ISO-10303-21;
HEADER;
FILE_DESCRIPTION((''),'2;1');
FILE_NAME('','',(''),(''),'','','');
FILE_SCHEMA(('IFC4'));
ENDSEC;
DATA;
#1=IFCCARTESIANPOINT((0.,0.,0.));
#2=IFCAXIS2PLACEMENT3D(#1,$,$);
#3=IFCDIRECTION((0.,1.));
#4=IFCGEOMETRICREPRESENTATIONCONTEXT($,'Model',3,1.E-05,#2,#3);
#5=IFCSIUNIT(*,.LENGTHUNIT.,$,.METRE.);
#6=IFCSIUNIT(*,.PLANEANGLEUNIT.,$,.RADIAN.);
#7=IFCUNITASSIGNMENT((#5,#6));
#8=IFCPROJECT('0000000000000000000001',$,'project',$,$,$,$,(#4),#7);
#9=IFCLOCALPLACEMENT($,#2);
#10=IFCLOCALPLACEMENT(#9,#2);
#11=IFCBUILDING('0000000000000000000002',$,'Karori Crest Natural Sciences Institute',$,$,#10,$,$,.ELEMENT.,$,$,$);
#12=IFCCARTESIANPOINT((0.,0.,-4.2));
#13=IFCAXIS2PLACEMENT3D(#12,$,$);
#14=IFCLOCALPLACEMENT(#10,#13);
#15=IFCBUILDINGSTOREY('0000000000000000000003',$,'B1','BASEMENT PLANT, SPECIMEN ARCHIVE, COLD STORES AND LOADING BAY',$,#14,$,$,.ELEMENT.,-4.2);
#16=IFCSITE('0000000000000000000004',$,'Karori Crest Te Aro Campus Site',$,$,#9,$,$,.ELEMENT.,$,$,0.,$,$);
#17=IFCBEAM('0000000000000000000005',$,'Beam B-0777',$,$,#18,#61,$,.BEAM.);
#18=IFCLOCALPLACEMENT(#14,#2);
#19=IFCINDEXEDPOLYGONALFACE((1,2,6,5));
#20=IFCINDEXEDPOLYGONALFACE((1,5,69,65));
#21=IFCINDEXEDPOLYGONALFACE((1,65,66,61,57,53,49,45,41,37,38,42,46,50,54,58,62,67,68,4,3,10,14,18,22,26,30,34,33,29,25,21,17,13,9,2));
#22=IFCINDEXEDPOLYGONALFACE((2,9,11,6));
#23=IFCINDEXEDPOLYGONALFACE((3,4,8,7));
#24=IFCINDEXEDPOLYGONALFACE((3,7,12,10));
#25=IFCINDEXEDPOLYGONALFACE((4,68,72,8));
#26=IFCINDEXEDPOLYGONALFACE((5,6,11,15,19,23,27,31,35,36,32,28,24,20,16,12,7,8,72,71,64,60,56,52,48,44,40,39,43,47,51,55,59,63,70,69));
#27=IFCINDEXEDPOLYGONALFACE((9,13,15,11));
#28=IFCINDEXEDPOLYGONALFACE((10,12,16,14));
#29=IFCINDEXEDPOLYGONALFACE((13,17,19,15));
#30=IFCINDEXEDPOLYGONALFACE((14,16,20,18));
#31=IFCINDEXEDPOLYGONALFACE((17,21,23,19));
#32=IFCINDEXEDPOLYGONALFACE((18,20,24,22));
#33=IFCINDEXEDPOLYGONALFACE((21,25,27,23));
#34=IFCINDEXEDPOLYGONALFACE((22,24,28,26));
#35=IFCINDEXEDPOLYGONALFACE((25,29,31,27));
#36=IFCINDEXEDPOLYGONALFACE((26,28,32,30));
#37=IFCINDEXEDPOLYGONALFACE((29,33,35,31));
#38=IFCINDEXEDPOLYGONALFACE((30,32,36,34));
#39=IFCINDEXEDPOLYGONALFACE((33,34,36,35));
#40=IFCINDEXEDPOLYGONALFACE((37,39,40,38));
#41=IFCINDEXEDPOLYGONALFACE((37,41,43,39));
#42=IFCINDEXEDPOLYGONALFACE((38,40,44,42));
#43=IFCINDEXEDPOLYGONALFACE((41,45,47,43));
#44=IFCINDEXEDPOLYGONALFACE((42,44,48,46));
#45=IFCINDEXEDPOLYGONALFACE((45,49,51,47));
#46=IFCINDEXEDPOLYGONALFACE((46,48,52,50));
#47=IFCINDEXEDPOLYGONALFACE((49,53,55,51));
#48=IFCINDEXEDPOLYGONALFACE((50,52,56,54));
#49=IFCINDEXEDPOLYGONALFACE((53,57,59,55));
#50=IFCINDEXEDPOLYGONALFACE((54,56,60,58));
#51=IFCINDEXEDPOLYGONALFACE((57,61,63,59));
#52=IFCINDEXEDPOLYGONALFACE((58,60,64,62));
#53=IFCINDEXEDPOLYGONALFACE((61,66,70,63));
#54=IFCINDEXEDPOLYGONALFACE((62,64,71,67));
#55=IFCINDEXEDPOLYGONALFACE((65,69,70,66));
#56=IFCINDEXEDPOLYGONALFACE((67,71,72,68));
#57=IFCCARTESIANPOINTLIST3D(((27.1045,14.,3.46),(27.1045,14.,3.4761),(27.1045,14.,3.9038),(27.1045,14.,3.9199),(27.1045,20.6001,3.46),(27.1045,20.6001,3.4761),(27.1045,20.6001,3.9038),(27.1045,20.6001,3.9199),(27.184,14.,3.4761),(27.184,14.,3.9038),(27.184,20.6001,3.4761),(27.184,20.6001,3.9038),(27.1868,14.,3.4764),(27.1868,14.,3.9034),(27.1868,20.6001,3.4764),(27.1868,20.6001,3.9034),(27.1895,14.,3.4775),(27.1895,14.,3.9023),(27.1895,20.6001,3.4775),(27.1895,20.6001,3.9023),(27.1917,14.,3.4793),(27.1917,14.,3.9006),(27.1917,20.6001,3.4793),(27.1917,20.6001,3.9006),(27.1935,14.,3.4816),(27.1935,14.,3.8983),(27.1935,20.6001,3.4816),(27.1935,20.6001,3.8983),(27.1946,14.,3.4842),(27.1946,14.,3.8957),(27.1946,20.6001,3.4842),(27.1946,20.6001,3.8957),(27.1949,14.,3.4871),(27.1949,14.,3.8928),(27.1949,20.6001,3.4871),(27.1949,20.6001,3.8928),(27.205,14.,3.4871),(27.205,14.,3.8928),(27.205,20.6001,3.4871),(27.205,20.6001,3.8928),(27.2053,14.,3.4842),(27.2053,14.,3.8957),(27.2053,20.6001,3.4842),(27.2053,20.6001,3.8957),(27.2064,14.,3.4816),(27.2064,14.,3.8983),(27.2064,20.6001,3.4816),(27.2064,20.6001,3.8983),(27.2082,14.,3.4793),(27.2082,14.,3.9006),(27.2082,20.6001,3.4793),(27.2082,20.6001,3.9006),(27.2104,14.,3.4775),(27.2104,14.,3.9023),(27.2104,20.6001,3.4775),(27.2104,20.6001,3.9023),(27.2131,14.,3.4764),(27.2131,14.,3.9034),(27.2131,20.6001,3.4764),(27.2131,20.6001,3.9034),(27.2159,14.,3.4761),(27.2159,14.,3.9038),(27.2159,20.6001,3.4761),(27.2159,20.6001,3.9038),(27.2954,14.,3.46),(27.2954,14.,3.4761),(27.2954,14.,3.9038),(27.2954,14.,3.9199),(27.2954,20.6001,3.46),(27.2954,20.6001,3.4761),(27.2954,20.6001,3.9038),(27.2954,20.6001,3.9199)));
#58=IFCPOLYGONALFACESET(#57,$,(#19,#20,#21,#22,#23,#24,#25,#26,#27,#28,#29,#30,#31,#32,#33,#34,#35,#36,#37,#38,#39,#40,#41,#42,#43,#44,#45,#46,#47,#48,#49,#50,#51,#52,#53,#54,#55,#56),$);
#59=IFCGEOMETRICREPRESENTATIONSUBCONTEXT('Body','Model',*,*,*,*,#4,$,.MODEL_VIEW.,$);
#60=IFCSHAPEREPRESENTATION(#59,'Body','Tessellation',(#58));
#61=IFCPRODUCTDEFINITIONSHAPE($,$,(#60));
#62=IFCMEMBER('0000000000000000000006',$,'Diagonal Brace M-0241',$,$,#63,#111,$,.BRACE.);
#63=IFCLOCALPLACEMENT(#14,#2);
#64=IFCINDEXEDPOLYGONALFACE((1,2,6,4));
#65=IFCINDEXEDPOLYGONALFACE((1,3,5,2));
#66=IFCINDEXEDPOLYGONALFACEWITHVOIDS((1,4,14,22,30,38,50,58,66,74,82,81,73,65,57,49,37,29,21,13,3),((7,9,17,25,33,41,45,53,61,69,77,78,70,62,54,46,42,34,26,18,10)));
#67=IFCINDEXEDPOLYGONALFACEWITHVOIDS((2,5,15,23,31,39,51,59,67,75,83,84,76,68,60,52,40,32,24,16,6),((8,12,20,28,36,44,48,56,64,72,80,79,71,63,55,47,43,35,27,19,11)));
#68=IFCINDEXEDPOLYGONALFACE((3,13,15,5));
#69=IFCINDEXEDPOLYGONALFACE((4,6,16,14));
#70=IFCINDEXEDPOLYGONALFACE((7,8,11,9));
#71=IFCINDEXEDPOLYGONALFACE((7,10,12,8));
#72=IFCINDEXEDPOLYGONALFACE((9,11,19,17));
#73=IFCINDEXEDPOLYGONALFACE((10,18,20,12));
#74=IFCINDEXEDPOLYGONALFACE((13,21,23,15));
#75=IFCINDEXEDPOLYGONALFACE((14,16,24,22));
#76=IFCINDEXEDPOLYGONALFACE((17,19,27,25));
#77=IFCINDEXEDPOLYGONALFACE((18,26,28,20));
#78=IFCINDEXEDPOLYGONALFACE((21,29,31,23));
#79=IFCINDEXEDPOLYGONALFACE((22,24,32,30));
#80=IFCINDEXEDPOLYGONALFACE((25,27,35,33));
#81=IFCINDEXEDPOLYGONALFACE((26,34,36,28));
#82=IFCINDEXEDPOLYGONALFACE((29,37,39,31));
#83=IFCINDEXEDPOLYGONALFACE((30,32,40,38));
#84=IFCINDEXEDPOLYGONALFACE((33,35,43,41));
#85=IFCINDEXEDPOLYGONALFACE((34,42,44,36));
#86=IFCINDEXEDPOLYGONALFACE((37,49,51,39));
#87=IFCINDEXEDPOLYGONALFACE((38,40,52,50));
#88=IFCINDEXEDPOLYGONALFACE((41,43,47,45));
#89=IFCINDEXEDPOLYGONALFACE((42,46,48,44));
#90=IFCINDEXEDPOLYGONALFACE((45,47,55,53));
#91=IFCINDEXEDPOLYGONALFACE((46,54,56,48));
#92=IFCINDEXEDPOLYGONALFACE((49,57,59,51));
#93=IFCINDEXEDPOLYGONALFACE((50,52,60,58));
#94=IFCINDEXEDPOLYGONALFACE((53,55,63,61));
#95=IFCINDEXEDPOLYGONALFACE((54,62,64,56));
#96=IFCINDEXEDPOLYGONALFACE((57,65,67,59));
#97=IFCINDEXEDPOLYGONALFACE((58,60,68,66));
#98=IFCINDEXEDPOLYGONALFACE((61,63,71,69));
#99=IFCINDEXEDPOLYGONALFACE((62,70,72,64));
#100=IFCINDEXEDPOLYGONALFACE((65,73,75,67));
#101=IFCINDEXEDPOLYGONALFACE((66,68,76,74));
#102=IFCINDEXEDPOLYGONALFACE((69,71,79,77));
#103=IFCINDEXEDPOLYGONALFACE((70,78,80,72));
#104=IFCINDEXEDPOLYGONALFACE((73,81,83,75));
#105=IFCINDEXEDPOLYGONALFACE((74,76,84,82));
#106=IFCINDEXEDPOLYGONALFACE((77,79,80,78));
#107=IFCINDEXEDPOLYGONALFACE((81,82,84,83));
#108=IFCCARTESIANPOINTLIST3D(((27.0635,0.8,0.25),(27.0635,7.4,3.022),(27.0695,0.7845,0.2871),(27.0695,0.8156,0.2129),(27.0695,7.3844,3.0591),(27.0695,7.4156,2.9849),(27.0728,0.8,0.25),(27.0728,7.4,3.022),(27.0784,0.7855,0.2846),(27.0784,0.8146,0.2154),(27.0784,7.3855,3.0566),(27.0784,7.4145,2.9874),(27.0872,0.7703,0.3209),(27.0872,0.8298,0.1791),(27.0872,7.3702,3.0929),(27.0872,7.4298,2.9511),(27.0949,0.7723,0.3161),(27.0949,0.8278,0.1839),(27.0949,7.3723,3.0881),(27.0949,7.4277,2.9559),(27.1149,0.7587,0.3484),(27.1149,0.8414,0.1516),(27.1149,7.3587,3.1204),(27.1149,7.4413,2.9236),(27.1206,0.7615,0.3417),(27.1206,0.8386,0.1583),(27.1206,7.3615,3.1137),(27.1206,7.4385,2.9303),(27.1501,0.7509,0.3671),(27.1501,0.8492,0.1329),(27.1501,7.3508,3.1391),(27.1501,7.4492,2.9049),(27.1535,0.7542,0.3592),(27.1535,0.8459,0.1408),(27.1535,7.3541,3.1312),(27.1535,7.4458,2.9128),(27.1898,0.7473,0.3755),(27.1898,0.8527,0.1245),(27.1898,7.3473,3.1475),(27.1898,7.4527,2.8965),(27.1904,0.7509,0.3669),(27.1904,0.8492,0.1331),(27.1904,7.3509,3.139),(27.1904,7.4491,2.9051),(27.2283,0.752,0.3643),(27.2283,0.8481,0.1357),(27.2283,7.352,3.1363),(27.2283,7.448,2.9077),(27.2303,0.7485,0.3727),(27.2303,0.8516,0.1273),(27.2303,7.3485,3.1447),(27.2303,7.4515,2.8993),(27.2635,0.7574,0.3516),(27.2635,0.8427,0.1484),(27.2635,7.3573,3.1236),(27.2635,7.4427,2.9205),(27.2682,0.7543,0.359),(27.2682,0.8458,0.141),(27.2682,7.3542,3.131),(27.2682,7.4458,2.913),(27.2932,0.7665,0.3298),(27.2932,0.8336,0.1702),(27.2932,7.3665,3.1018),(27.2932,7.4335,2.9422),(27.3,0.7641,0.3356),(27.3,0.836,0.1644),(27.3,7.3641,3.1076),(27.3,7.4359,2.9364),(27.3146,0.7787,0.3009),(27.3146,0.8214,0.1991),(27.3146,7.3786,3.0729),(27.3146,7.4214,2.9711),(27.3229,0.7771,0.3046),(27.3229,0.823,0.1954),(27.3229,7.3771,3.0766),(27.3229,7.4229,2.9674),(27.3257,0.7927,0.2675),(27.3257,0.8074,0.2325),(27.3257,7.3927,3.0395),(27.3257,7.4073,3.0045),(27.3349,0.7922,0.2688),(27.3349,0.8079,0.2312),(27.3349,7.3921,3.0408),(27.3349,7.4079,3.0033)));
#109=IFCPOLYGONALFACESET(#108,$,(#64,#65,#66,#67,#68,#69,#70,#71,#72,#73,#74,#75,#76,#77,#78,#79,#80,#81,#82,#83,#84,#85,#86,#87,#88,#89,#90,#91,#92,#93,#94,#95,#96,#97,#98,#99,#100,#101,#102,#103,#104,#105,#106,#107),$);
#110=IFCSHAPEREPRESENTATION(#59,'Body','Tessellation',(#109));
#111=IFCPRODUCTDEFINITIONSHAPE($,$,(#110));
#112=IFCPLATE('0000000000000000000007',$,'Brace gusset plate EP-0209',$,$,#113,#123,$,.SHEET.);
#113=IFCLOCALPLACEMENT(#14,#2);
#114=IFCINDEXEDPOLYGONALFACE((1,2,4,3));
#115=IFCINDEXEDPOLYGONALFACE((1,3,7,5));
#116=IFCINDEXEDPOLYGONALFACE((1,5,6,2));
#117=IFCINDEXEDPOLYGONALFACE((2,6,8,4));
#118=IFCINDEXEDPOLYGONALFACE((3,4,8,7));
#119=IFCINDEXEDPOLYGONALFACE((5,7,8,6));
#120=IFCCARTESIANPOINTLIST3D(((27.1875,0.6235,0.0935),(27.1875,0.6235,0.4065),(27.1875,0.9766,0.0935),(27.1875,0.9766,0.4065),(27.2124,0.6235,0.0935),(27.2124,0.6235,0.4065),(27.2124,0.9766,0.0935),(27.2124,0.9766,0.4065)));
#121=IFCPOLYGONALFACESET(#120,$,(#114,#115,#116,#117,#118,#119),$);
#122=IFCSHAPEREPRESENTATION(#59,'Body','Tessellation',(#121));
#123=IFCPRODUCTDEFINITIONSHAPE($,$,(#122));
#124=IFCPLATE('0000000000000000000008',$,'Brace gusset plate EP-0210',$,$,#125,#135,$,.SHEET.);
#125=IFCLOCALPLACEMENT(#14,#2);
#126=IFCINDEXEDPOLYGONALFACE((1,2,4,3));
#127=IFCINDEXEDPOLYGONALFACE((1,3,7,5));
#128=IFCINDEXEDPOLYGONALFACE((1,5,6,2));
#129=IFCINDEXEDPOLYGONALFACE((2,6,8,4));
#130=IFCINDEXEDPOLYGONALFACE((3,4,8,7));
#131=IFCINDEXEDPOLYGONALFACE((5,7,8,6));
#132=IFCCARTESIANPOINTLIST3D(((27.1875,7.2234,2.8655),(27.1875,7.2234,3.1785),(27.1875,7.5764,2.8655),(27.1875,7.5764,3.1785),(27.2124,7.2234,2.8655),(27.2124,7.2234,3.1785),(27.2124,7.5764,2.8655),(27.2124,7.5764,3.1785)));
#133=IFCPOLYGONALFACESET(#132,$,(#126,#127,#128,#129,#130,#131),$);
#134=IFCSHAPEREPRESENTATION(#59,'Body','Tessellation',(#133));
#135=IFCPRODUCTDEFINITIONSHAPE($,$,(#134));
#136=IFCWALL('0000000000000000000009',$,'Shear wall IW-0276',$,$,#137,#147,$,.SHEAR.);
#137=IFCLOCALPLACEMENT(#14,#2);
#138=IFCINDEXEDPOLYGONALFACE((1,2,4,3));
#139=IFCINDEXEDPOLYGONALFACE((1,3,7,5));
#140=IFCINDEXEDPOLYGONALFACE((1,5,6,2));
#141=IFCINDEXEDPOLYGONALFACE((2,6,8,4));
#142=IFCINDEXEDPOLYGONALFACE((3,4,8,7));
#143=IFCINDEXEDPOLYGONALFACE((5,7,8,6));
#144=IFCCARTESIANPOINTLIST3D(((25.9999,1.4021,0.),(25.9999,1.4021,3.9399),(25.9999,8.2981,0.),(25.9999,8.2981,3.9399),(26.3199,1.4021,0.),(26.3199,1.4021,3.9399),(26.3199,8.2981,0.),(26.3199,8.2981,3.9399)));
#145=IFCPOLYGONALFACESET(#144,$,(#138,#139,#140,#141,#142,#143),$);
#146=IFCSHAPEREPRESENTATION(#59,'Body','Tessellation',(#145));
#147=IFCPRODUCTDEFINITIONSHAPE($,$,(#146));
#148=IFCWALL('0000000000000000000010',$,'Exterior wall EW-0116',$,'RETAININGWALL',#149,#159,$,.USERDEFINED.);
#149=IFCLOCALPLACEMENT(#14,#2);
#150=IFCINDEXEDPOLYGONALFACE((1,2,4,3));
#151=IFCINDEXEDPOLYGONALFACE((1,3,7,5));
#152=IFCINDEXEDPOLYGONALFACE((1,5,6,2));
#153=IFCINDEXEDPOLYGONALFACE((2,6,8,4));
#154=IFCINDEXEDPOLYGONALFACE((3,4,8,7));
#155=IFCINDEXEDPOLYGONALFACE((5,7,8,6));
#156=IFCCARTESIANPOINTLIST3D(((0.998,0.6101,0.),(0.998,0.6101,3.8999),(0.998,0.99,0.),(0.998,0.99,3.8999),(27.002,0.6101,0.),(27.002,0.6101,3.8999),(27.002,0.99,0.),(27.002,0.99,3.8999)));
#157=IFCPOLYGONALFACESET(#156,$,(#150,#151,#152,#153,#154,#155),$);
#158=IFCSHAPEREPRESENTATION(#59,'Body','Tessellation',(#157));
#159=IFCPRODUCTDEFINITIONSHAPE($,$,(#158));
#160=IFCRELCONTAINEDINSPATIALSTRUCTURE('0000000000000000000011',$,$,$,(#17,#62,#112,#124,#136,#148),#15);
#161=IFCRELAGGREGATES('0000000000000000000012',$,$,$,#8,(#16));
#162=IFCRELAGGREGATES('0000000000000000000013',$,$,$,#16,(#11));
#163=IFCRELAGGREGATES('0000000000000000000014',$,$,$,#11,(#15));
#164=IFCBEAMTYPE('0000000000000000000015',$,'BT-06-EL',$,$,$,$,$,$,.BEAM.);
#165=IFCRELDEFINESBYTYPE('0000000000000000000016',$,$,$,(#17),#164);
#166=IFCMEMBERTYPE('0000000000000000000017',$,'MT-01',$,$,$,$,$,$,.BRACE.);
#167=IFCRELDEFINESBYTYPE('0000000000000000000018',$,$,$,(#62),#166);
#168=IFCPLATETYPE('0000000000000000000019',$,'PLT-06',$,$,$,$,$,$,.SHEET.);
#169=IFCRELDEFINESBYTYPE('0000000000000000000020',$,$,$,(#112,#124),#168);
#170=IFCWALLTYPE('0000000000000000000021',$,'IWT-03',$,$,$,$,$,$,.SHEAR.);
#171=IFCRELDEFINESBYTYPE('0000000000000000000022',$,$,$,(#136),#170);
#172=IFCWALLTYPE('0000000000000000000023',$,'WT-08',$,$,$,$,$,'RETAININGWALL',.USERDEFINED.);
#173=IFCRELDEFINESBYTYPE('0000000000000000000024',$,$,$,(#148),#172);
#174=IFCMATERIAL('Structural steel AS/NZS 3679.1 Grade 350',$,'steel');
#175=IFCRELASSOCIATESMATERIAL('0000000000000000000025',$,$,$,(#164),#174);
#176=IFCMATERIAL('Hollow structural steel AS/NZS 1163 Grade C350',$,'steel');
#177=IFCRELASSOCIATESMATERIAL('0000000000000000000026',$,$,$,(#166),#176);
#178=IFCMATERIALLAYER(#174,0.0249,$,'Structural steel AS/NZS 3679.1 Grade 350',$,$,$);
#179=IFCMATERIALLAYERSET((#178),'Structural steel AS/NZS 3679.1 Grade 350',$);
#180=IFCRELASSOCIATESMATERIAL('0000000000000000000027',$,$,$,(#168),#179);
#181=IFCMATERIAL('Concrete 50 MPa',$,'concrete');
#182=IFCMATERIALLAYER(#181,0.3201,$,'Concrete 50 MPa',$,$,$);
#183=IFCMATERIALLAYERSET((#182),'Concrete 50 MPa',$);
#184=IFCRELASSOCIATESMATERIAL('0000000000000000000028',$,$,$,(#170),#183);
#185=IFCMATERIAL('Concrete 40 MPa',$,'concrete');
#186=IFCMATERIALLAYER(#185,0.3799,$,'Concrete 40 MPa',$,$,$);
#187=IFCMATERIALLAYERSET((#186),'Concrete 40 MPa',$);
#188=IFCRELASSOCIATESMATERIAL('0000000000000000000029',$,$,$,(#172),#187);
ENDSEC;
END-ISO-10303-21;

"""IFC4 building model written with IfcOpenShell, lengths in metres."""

from ifc_helpers import new_model, si_unit, direction, frame, frame_2d, origin, origin_2d, place, context, subcontext, project, spatial, rectangle, hollow_circle, i_section, extrude, material, layer, layer_set, material_profile, profile_set, type_object, element, save


model = new_model("IFC4")

# Units and contexts
model_context = context("Model", 3, precision=1e-05, world=origin(), true_north=direction((0.0, 1.0)))
body_context = subcontext(model_context, "Body", "Model", "MODEL_VIEW")
ifc_project = project(units=[si_unit("LENGTHUNIT", "METRE"), si_unit("PLANEANGLEUNIT", "RADIAN")], contexts=[model_context])

# Site, building, storey
site_placement = place(None, origin())
site = spatial("IfcSite", under=ifc_project, at=site_placement, Name="Karori Crest Te Aro Campus Site", CompositionType="ELEMENT", RefElevation=0.0)
building_placement = place(site_placement, origin())
building = spatial("IfcBuilding", under=site, at=building_placement, Name="Karori Crest Natural Sciences Institute", CompositionType="ELEMENT")
storey_placement = place(building_placement, frame((0.0, 0.0, -4.2)))
storey = spatial("IfcBuildingStorey", under=building, at=storey_placement, Name="B1", Description="BASEMENT PLANT, SPECIMEN ARCHIVE, COLD STORES AND LOADING BAY", CompositionType="ELEMENT", Elevation=-4.2)

# Shared definitions
ifc_material_1 = material(Name="Concrete 40 MPa", Category="concrete")

# Shared definitions
ifc_material_2 = material(Name="Structural steel AS/NZS 3679.1 Grade 350", Category="steel")

# Beam
ifc_material_profile_1 = material_profile(ifc_material_2, i_section(OverallWidth=0.1909, OverallDepth=0.46, WebThickness=0.01, FlangeThickness=0.0161, FilletRadius=0.011, at=origin_2d()), Name="460UB82.1")
ifc_profile_set_1 = profile_set([ifc_material_profile_1], Name="Structural steel AS/NZS 3679.1 Grade 350")
beam_type = type_object("IfcBeamType", Name="BT-06-EL", PredefinedType="BEAM", material=ifc_profile_set_1)
for number, where, z_axis, x_axis, name in (
    (1, (27.2, 14.0, 3.6899), (0.0, 1.0, 0.0), (-1.0, 0.0, 0.0), "Beam B-0777"),
):
    element("IfcBeam", number, at=place(storey_placement, frame(where, z_axis=z_axis, x_axis=x_axis)), inside=storey, type_object=beam_type, Name=name, PredefinedType="BEAM", context=body_context, shape_type="SweptSolid", body=[
        extrude(i_section(OverallWidth=0.1909, OverallDepth=0.46, WebThickness=0.01, FlangeThickness=0.0161, FilletRadius=0.011, at=origin_2d()), origin(), (0.0, 0.0, 1.0), 6.6001),
    ])

# Member
ifc_material_3 = material(Name="Hollow structural steel AS/NZS 1163 Grade C350", Category="steel")
ifc_material_profile_2 = material_profile(ifc_material_3, hollow_circle(Radius=0.1365, WallThickness=0.0093, at=origin_2d()), Name="CHS273.0x9.3")
ifc_profile_set_2 = profile_set([ifc_material_profile_2], Name="Hollow structural steel AS/NZS 1163 Grade C350")
member_type = type_object("IfcMemberType", Name="MT-01", PredefinedType="BRACE", material=ifc_profile_set_2)
member_placement = place(storey_placement, frame((27.2, 0.8, 0.25), z_axis=(0.0, 0.92198, 0.387237), x_axis=(-1.0, 0.0, 0.0)))
element("IfcMember", 2, at=member_placement, inside=storey, type_object=member_type, Name="Diagonal Brace M-0241", PredefinedType="BRACE", context=body_context, shape_type="SweptSolid", body=[
    extrude(hollow_circle(Radius=0.1365, WallThickness=0.0093, at=origin_2d()), origin(), (0.0, 0.0, 1.0), 7.1584),
])

# Plates
ifc_layer_1 = layer(ifc_material_2, 0.0249, Name="Structural steel AS/NZS 3679.1 Grade 350")
ifc_layer_set_1 = layer_set([ifc_layer_1], Name="Structural steel AS/NZS 3679.1 Grade 350")
plate_type = type_object("IfcPlateType", Name="PLT-06", PredefinedType="SHEET", material=ifc_layer_set_1)
for number, where, z_axis, x_axis, name in (
    (3, (27.2, 0.8, 0.0935), (0.0, 0.0, 1.0), (0.0, 1.0, 0.0), "Brace gusset plate EP-0209"),
    (4, (27.2, 7.3999, 2.8655), (0.0, 0.0, 1.0), (0.0, 1.0, 0.0), "Brace gusset plate EP-0210"),
):
    element("IfcPlate", number, at=place(storey_placement, frame(where, z_axis=z_axis, x_axis=x_axis)), inside=storey, type_object=plate_type, Name=name, PredefinedType="SHEET", context=body_context, shape_type="SweptSolid", body=[
        extrude(rectangle(XDim=0.353, YDim=0.0249, at=origin_2d()), origin(), (0.0, 0.0, 1.0), 0.313),
    ])

# Walls
ifc_material_4 = material(Name="Concrete 50 MPa", Category="concrete")
ifc_layer_2 = layer(ifc_material_4, 0.3201, Name="Concrete 50 MPa")
ifc_layer_set_2 = layer_set([ifc_layer_2], Name="Concrete 50 MPa")
wall_type_1 = type_object("IfcWallType", Name="IWT-03", PredefinedType="SHEAR", material=ifc_layer_set_2)
wall_1_placement = place(storey_placement, frame((26.1599, 1.4021, 0.0), z_axis=(0.0, 0.0, 1.0), x_axis=(0.0, 1.0, 0.0)))
element("IfcWall", 5, at=wall_1_placement, inside=storey, type_object=wall_type_1, Name="Shear wall IW-0276", PredefinedType="SHEAR", context=body_context, shape_type="SweptSolid", body=[
    extrude(rectangle(XDim=6.896, YDim=0.3201, at=frame_2d((3.448, 0.0))), origin(), (0.0, 0.0, 1.0), 3.9399),
])
ifc_layer_3 = layer(ifc_material_1, 0.3799, Name="Concrete 40 MPa")
ifc_layer_set_3 = layer_set([ifc_layer_3], Name="Concrete 40 MPa")
wall_type_2 = type_object("IfcWallType", Name="WT-08", ElementType="RETAININGWALL", PredefinedType="USERDEFINED", material=ifc_layer_set_3)
wall_2_placement = place(storey_placement, frame((27.002, 0.8, 0.0), z_axis=(0.0, 0.0, 1.0), x_axis=(-1.0, 0.0, 0.0)))
element("IfcWall", 6, at=wall_2_placement, inside=storey, type_object=wall_type_2, Name="Exterior wall EW-0116", ObjectType="RETAININGWALL", PredefinedType="USERDEFINED", context=body_context, shape_type="SweptSolid", body=[
    extrude(rectangle(XDim=26.0039, YDim=0.3799, at=frame_2d((13.002, 0.0))), origin(), (0.0, 0.0, 1.0), 3.8999),
])

save(model, "model.ifc")
